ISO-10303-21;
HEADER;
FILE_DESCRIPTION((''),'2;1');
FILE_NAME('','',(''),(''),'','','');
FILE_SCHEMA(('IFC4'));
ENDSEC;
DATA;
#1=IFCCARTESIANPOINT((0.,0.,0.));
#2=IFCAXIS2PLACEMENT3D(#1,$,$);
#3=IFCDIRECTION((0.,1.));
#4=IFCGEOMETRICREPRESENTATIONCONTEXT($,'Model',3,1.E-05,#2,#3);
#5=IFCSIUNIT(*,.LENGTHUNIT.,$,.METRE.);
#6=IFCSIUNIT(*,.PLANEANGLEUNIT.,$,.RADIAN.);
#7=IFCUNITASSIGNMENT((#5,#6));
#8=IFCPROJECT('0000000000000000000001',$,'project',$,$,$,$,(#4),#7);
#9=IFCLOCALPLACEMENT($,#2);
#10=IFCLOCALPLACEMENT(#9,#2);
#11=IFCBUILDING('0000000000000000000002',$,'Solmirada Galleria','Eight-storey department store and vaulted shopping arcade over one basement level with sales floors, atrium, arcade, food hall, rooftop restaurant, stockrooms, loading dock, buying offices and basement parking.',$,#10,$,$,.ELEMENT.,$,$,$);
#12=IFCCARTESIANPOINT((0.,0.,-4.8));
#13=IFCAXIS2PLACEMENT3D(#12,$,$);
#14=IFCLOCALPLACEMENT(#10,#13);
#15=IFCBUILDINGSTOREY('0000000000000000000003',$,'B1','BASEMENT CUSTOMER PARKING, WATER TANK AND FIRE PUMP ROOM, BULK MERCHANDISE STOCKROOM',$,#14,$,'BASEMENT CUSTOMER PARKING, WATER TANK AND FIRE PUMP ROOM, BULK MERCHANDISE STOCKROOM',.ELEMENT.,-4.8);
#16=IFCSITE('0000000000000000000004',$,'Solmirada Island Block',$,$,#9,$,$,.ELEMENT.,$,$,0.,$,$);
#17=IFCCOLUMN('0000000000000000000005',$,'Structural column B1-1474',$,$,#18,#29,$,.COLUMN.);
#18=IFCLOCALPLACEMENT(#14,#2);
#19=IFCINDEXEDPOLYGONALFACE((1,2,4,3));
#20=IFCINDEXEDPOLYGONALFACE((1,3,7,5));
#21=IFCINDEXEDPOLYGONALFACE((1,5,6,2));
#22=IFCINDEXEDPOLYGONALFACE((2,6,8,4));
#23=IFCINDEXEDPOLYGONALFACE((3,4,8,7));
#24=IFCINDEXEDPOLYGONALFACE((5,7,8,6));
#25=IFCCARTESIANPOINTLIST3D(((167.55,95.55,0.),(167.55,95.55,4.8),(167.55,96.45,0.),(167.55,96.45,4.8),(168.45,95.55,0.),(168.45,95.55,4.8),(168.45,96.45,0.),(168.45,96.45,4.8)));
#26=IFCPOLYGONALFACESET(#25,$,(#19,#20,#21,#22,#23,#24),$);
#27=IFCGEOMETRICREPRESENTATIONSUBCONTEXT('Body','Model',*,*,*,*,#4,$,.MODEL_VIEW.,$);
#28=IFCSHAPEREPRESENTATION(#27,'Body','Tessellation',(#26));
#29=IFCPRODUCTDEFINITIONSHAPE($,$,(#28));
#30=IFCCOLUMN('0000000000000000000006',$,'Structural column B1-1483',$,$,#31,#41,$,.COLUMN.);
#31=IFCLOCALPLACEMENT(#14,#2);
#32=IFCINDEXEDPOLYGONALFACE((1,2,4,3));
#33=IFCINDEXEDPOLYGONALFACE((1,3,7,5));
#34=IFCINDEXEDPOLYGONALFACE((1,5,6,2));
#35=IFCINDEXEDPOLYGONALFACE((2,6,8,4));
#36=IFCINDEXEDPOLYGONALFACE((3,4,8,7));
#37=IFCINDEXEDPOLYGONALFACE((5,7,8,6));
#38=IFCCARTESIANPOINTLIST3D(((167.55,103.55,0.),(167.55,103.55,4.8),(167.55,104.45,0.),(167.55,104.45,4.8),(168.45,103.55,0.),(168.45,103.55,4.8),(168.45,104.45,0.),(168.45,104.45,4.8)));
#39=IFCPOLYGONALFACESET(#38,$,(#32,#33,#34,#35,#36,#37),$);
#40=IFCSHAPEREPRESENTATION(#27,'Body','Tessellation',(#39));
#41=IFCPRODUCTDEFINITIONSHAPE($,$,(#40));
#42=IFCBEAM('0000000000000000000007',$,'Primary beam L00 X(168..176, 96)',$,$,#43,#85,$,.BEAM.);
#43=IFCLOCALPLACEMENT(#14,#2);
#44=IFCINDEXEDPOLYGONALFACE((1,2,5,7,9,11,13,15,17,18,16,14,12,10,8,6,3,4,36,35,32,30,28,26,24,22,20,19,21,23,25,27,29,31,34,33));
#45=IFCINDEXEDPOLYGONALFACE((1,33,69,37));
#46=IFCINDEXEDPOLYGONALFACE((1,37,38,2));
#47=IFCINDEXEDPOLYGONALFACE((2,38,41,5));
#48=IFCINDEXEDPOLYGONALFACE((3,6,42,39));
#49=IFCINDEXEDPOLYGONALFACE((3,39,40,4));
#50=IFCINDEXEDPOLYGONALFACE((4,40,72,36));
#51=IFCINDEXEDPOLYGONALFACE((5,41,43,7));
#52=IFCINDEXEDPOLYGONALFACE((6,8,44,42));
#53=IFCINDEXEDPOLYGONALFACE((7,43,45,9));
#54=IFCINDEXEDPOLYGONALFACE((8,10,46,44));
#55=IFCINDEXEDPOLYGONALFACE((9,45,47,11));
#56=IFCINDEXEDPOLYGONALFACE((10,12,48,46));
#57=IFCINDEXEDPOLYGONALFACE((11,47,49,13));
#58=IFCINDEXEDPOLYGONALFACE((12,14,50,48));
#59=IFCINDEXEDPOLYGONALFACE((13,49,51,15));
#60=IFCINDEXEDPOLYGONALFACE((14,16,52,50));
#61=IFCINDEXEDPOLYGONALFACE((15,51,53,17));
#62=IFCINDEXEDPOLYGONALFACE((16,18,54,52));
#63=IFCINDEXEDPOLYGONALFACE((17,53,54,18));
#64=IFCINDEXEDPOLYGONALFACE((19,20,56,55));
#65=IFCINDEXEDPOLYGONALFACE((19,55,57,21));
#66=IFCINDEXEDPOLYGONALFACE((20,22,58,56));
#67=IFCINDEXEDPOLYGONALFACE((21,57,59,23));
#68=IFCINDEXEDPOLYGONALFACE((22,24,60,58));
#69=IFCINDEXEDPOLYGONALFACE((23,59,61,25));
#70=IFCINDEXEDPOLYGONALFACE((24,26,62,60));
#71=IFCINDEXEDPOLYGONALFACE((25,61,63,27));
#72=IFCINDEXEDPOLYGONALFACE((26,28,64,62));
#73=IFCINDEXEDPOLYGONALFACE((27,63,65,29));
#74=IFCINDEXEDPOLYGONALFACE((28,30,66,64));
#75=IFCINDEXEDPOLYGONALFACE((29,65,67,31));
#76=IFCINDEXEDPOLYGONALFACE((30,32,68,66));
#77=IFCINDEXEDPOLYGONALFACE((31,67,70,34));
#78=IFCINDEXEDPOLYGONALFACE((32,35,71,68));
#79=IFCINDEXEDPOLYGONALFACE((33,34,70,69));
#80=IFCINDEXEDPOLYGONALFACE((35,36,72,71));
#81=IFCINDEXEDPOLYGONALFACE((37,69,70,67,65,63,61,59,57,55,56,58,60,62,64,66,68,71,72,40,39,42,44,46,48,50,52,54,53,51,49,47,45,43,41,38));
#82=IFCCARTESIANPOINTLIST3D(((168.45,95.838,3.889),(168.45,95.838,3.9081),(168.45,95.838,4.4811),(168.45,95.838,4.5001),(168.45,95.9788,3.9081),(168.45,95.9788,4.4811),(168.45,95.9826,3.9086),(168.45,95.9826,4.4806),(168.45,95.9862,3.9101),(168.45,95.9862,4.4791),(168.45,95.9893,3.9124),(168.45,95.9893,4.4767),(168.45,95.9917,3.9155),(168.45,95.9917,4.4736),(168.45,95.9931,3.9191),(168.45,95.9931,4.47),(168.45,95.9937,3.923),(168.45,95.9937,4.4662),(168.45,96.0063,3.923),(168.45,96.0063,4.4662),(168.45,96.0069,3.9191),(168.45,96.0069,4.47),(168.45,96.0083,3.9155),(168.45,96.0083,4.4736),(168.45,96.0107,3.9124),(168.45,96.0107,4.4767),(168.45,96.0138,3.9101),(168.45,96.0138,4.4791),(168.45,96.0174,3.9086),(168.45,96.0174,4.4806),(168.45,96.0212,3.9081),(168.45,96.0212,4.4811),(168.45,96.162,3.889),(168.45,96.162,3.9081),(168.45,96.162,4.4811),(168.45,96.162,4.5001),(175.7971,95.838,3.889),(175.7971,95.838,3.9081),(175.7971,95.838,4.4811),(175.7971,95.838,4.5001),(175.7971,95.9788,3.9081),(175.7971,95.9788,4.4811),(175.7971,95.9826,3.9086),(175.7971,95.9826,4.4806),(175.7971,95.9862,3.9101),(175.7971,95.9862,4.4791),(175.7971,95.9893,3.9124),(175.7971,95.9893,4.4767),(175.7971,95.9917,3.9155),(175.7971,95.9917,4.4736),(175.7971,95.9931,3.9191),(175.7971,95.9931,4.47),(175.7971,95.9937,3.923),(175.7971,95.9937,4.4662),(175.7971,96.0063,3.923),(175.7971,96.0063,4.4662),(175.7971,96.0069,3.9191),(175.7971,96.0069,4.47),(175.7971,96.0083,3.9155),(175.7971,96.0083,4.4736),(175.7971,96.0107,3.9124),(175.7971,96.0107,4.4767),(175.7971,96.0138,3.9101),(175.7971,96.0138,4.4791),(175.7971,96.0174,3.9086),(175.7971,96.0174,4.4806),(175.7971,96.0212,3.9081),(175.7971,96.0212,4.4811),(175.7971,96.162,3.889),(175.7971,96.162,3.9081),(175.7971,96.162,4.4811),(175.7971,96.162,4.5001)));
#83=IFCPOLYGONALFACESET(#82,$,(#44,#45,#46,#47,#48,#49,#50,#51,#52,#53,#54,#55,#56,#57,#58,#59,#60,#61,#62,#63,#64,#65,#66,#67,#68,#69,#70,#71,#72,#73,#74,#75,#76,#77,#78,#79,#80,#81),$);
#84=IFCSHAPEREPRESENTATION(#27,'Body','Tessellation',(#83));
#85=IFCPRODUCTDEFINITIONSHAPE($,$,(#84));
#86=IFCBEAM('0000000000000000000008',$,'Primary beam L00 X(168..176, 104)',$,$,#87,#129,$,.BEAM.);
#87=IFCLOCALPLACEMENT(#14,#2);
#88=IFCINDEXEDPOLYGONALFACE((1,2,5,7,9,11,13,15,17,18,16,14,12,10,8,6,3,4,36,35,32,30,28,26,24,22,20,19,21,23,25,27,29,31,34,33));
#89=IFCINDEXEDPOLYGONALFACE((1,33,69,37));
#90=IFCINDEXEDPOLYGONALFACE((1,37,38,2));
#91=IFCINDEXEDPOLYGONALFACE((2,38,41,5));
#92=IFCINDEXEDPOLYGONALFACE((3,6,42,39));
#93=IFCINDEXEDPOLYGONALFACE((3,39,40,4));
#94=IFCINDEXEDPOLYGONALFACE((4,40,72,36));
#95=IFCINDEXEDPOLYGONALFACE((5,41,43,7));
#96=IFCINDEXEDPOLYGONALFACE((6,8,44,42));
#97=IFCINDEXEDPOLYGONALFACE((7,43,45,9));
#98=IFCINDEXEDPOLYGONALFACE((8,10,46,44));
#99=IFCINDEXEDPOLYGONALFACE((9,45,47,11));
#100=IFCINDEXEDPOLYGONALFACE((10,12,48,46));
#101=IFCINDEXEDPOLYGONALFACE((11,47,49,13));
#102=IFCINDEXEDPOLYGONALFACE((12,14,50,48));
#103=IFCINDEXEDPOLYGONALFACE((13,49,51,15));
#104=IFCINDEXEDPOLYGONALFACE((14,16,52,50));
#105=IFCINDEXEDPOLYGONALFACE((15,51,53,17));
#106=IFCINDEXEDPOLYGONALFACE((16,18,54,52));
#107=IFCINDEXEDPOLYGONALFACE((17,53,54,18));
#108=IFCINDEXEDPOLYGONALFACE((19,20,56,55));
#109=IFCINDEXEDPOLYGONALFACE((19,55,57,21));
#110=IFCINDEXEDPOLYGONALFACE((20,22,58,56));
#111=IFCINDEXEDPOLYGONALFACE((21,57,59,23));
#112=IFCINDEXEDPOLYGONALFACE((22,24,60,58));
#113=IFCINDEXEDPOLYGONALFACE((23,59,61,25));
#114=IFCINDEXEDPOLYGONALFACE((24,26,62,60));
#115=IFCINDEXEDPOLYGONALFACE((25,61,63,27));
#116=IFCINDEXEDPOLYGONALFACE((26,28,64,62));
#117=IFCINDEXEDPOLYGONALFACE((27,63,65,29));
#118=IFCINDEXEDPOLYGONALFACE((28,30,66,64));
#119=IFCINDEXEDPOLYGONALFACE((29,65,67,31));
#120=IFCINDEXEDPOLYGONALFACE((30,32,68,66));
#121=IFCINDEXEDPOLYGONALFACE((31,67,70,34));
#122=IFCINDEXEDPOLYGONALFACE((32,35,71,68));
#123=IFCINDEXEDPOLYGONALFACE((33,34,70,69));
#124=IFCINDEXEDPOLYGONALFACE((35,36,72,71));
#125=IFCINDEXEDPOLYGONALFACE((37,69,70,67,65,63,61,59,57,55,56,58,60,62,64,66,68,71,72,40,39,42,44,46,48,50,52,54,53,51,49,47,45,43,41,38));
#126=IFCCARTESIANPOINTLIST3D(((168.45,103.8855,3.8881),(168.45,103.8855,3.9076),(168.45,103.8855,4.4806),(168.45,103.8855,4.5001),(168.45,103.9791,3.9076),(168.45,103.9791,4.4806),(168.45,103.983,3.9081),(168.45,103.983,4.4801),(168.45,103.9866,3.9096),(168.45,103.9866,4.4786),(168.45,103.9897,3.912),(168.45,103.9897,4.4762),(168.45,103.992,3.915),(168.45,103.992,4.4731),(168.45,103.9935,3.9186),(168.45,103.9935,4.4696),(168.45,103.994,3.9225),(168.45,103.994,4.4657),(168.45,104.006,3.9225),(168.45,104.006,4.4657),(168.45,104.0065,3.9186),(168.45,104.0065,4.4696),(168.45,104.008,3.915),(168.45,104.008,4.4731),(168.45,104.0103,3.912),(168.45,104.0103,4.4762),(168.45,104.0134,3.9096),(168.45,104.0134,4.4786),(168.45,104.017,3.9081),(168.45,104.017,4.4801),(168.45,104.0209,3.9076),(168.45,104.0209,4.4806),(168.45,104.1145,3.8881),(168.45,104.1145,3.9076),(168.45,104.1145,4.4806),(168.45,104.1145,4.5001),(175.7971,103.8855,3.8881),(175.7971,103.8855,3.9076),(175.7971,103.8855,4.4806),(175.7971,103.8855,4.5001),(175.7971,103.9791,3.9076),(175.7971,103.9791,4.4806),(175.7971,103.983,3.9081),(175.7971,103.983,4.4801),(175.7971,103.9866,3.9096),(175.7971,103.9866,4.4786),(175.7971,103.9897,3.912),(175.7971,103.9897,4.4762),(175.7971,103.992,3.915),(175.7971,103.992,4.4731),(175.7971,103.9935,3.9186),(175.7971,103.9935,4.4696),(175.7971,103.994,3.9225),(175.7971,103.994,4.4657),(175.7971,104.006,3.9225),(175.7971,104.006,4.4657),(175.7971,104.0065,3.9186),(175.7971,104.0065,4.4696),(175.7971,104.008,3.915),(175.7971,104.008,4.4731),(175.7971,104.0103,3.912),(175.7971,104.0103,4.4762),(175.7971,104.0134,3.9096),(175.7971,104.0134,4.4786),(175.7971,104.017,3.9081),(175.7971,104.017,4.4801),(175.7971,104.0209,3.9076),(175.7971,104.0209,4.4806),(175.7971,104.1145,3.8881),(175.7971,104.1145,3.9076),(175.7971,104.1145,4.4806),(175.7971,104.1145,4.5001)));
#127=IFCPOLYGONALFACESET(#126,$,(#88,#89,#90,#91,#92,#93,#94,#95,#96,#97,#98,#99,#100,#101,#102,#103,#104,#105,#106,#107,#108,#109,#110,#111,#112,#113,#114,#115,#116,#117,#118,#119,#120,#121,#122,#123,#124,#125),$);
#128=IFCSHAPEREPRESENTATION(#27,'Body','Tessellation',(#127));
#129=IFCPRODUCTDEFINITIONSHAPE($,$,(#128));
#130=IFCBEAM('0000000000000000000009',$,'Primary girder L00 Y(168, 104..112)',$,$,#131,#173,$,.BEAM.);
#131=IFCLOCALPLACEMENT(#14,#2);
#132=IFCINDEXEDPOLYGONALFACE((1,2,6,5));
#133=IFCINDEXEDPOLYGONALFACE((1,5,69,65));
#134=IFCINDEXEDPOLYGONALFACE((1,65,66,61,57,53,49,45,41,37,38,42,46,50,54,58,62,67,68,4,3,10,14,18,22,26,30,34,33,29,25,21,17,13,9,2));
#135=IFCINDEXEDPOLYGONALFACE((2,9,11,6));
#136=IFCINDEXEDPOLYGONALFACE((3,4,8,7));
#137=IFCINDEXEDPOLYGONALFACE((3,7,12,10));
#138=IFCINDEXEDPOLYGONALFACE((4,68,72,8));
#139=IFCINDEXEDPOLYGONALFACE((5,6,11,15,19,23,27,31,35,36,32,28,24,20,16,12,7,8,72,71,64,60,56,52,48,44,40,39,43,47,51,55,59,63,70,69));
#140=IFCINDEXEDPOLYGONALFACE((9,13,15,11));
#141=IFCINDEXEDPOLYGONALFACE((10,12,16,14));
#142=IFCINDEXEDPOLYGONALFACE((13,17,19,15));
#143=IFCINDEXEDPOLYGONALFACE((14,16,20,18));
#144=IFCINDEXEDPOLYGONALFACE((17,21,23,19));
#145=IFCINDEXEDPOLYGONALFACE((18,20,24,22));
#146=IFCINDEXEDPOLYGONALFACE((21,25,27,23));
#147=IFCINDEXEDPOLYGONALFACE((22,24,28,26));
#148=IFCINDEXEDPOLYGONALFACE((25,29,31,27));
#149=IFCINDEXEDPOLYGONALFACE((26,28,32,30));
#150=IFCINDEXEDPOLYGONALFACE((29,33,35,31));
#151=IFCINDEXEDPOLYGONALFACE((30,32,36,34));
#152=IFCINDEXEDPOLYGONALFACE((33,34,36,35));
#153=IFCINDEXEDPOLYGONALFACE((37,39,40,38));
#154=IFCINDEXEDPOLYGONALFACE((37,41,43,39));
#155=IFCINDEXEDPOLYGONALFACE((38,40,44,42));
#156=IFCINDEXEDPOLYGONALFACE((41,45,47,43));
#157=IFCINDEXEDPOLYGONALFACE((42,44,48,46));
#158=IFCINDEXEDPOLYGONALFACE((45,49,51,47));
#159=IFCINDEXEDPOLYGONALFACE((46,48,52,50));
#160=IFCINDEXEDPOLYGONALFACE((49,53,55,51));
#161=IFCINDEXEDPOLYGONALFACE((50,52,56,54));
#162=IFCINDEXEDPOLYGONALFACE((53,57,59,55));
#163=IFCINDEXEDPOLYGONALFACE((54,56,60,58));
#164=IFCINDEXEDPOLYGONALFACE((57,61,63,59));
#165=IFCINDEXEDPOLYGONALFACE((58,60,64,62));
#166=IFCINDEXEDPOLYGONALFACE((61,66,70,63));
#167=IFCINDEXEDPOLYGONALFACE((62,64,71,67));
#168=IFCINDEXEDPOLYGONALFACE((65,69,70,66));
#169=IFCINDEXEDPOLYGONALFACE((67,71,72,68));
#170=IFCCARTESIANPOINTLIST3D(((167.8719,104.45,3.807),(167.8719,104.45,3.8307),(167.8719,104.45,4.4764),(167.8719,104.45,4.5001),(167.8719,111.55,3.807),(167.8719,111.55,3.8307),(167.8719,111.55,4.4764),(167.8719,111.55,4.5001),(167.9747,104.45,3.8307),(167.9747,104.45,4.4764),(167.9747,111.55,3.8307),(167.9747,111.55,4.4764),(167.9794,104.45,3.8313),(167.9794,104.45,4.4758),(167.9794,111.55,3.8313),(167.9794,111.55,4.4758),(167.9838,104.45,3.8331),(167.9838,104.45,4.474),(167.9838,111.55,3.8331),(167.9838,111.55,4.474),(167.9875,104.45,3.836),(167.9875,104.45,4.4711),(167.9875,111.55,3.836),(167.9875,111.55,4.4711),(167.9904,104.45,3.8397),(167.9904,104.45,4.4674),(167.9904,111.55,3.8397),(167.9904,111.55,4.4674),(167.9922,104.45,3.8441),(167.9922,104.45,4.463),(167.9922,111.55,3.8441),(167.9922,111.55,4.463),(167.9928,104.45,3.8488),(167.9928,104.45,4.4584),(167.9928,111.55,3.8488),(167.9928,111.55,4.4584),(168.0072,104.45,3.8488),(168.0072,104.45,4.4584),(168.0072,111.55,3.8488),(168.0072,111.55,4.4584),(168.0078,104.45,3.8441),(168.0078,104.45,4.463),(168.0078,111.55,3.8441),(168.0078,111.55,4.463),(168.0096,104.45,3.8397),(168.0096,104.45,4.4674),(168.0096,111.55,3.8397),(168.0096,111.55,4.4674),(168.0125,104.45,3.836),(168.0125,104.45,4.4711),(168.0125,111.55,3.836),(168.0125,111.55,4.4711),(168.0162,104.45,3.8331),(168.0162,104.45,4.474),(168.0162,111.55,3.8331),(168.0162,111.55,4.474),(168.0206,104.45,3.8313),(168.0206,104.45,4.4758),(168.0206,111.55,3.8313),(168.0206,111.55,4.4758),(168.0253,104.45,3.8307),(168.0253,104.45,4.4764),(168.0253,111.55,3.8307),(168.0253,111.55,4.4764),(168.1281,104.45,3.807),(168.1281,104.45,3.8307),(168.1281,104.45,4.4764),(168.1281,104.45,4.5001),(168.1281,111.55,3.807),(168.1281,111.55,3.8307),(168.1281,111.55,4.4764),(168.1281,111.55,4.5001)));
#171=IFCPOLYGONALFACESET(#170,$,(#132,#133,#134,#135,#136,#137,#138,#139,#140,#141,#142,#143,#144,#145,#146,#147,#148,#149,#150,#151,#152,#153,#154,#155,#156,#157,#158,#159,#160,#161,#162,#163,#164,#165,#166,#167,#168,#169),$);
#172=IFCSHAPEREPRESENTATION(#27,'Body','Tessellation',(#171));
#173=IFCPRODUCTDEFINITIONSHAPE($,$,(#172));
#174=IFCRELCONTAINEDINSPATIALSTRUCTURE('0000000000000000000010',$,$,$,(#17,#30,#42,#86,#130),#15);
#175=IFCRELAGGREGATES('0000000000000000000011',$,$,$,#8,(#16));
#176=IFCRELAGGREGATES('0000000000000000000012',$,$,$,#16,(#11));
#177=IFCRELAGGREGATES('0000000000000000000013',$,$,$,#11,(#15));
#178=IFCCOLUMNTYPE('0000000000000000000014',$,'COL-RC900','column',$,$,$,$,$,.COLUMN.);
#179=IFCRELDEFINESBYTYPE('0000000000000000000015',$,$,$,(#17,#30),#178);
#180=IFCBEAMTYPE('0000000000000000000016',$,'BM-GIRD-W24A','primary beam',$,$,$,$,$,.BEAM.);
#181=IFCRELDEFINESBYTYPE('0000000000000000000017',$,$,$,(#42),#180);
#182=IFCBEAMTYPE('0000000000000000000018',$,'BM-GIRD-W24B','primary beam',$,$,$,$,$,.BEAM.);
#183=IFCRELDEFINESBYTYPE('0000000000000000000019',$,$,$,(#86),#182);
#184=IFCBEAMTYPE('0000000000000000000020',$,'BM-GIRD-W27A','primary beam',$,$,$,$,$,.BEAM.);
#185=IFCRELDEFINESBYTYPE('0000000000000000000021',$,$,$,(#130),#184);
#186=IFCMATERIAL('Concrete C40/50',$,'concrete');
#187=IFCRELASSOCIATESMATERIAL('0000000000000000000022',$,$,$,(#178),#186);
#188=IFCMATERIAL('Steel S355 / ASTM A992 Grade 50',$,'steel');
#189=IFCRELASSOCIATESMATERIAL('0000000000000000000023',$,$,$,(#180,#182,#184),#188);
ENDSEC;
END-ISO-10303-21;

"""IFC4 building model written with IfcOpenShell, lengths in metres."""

from ifc_helpers import new_model, si_unit, direction, frame, origin, origin_2d, place, context, subcontext, project, spatial, rectangle, i_section, extrude, material, material_profile, profile_set, type_object, element, save


model = new_model("IFC4")

# Units and contexts
model_context = context("Model", 3, precision=1e-05, world=origin(), true_north=direction((0.0, 1.0)))
body_context = subcontext(model_context, "Body", "Model", "MODEL_VIEW")
ifc_project = project(units=[si_unit("LENGTHUNIT", "METRE"), si_unit("PLANEANGLEUNIT", "RADIAN")], contexts=[model_context])

# Site, building, storey
site_placement = place(None, origin())
site = spatial("IfcSite", under=ifc_project, at=site_placement, Name="Solmirada Island Block", CompositionType="ELEMENT", RefElevation=0.0)
building_placement = place(site_placement, origin())
building = spatial("IfcBuilding", under=site, at=building_placement, Name="Solmirada Galleria", Description="Eight-storey department store and vaulted shopping arcade over one basement level with sales floors, atrium, arcade, food hall, rooftop restaurant, stockrooms, loading dock, buying offices and basement parking.", CompositionType="ELEMENT")
storey_placement = place(building_placement, frame((0.0, 0.0, -4.8)))
storey = spatial("IfcBuildingStorey", under=building, at=storey_placement, Name="B1", Description="BASEMENT CUSTOMER PARKING, WATER TANK AND FIRE PUMP ROOM, BULK MERCHANDISE STOCKROOM", LongName="BASEMENT CUSTOMER PARKING, WATER TANK AND FIRE PUMP ROOM, BULK MERCHANDISE STOCKROOM", CompositionType="ELEMENT", Elevation=-4.8)

# Shared definitions
ifc_material_1 = material(Name="Concrete C40/50", Category="concrete")

# Columns
ifc_material_profile_1 = material_profile(ifc_material_1, rectangle(XDim=0.8999, YDim=0.8999, at=origin_2d()), Name="RC900X900")
ifc_profile_set_1 = profile_set([ifc_material_profile_1], Name="Concrete C40/50")
column_type = type_object("IfcColumnType", Name="COL-RC900", Description="column", PredefinedType="COLUMN", material=ifc_profile_set_1)
for number, where, z_axis, x_axis, name in (
    (1, (168.0, 96.0, 0.0), (0.0, 0.0, 1.0), (1.0, 0.0, 0.0), "Structural column B1-1474"),
    (2, (168.0, 104.0, 0.0), (0.0, 0.0, 1.0), (1.0, 0.0, 0.0), "Structural column B1-1483"),
):
    element("IfcColumn", number, at=place(storey_placement, frame(where, z_axis=z_axis, x_axis=x_axis)), inside=storey, type_object=column_type, Name=name, PredefinedType="COLUMN", context=body_context, shape_type="SweptSolid", body=[
        extrude(rectangle(XDim=0.8999, YDim=0.8999, at=origin_2d()), origin(), (0.0, 0.0, 1.0), 4.8),
    ])

# Beams
ifc_material_2 = material(Name="Steel S355 / ASTM A992 Grade 50", Category="steel")
ifc_material_profile_2 = material_profile(ifc_material_2, i_section(OverallWidth=0.324, OverallDepth=0.6111, WebThickness=0.0127, FlangeThickness=0.019, FilletRadius=0.0149, at=origin_2d()), Name="W24X104")
ifc_profile_set_2 = profile_set([ifc_material_profile_2], Name="Steel S355 / ASTM A992 Grade 50")
beam_type_1 = type_object("IfcBeamType", Name="BM-GIRD-W24A", Description="primary beam", PredefinedType="BEAM", material=ifc_profile_set_2)
beam_1_placement = place(storey_placement, frame((168.45, 96.0, 4.1946), z_axis=(1.0, 0.0, 0.0), x_axis=(0.0, 1.0, 0.0)))
element("IfcBeam", 3, at=beam_1_placement, inside=storey, type_object=beam_type_1, Name="Primary beam L00 X(168..176, 96)", PredefinedType="BEAM", context=body_context, shape_type="SweptSolid", body=[
    extrude(i_section(OverallWidth=0.324, OverallDepth=0.6111, WebThickness=0.0127, FlangeThickness=0.019, FilletRadius=0.0149, at=origin_2d()), origin(), (0.0, 0.0, 1.0), 7.3472),
])
ifc_material_profile_3 = material_profile(ifc_material_2, i_section(OverallWidth=0.229, OverallDepth=0.6121, WebThickness=0.012, FlangeThickness=0.0195, FilletRadius=0.0149, at=origin_2d()), Name="W24X84")
ifc_profile_set_3 = profile_set([ifc_material_profile_3], Name="Steel S355 / ASTM A992 Grade 50")
beam_type_2 = type_object("IfcBeamType", Name="BM-GIRD-W24B", Description="primary beam", PredefinedType="BEAM", material=ifc_profile_set_3)
beam_2_placement = place(storey_placement, frame((168.45, 104.0, 4.1941), z_axis=(1.0, 0.0, 0.0), x_axis=(0.0, 1.0, 0.0)))
element("IfcBeam", 4, at=beam_2_placement, inside=storey, type_object=beam_type_2, Name="Primary beam L00 X(168..176, 104)", PredefinedType="BEAM", context=body_context, shape_type="SweptSolid", body=[
    extrude(i_section(OverallWidth=0.229, OverallDepth=0.6121, WebThickness=0.012, FlangeThickness=0.0195, FilletRadius=0.0149, at=origin_2d()), origin(), (0.0, 0.0, 1.0), 7.3472),
])
ifc_material_profile_4 = material_profile(ifc_material_2, i_section(OverallWidth=0.2561, OverallDepth=0.6931, WebThickness=0.0144, FlangeThickness=0.0237, FilletRadius=0.0181, at=origin_2d()), Name="W27X114")
ifc_profile_set_4 = profile_set([ifc_material_profile_4], Name="Steel S355 / ASTM A992 Grade 50")
beam_type_3 = type_object("IfcBeamType", Name="BM-GIRD-W27A", Description="primary beam", PredefinedType="BEAM", material=ifc_profile_set_4)
beam_3_placement = place(storey_placement, frame((168.0, 104.45, 4.1536), z_axis=(0.0, 1.0, 0.0), x_axis=(-1.0, 0.0, 0.0)))
element("IfcBeam", 5, at=beam_3_placement, inside=storey, type_object=beam_type_3, Name="Primary girder L00 Y(168, 104..112)", PredefinedType="BEAM", context=body_context, shape_type="SweptSolid", body=[
    extrude(i_section(OverallWidth=0.2561, OverallDepth=0.6931, WebThickness=0.0144, FlangeThickness=0.0237, FilletRadius=0.0181, at=origin_2d()), origin(), (0.0, 0.0, 1.0), 7.1001),
])

save(model, "model.ifc")
